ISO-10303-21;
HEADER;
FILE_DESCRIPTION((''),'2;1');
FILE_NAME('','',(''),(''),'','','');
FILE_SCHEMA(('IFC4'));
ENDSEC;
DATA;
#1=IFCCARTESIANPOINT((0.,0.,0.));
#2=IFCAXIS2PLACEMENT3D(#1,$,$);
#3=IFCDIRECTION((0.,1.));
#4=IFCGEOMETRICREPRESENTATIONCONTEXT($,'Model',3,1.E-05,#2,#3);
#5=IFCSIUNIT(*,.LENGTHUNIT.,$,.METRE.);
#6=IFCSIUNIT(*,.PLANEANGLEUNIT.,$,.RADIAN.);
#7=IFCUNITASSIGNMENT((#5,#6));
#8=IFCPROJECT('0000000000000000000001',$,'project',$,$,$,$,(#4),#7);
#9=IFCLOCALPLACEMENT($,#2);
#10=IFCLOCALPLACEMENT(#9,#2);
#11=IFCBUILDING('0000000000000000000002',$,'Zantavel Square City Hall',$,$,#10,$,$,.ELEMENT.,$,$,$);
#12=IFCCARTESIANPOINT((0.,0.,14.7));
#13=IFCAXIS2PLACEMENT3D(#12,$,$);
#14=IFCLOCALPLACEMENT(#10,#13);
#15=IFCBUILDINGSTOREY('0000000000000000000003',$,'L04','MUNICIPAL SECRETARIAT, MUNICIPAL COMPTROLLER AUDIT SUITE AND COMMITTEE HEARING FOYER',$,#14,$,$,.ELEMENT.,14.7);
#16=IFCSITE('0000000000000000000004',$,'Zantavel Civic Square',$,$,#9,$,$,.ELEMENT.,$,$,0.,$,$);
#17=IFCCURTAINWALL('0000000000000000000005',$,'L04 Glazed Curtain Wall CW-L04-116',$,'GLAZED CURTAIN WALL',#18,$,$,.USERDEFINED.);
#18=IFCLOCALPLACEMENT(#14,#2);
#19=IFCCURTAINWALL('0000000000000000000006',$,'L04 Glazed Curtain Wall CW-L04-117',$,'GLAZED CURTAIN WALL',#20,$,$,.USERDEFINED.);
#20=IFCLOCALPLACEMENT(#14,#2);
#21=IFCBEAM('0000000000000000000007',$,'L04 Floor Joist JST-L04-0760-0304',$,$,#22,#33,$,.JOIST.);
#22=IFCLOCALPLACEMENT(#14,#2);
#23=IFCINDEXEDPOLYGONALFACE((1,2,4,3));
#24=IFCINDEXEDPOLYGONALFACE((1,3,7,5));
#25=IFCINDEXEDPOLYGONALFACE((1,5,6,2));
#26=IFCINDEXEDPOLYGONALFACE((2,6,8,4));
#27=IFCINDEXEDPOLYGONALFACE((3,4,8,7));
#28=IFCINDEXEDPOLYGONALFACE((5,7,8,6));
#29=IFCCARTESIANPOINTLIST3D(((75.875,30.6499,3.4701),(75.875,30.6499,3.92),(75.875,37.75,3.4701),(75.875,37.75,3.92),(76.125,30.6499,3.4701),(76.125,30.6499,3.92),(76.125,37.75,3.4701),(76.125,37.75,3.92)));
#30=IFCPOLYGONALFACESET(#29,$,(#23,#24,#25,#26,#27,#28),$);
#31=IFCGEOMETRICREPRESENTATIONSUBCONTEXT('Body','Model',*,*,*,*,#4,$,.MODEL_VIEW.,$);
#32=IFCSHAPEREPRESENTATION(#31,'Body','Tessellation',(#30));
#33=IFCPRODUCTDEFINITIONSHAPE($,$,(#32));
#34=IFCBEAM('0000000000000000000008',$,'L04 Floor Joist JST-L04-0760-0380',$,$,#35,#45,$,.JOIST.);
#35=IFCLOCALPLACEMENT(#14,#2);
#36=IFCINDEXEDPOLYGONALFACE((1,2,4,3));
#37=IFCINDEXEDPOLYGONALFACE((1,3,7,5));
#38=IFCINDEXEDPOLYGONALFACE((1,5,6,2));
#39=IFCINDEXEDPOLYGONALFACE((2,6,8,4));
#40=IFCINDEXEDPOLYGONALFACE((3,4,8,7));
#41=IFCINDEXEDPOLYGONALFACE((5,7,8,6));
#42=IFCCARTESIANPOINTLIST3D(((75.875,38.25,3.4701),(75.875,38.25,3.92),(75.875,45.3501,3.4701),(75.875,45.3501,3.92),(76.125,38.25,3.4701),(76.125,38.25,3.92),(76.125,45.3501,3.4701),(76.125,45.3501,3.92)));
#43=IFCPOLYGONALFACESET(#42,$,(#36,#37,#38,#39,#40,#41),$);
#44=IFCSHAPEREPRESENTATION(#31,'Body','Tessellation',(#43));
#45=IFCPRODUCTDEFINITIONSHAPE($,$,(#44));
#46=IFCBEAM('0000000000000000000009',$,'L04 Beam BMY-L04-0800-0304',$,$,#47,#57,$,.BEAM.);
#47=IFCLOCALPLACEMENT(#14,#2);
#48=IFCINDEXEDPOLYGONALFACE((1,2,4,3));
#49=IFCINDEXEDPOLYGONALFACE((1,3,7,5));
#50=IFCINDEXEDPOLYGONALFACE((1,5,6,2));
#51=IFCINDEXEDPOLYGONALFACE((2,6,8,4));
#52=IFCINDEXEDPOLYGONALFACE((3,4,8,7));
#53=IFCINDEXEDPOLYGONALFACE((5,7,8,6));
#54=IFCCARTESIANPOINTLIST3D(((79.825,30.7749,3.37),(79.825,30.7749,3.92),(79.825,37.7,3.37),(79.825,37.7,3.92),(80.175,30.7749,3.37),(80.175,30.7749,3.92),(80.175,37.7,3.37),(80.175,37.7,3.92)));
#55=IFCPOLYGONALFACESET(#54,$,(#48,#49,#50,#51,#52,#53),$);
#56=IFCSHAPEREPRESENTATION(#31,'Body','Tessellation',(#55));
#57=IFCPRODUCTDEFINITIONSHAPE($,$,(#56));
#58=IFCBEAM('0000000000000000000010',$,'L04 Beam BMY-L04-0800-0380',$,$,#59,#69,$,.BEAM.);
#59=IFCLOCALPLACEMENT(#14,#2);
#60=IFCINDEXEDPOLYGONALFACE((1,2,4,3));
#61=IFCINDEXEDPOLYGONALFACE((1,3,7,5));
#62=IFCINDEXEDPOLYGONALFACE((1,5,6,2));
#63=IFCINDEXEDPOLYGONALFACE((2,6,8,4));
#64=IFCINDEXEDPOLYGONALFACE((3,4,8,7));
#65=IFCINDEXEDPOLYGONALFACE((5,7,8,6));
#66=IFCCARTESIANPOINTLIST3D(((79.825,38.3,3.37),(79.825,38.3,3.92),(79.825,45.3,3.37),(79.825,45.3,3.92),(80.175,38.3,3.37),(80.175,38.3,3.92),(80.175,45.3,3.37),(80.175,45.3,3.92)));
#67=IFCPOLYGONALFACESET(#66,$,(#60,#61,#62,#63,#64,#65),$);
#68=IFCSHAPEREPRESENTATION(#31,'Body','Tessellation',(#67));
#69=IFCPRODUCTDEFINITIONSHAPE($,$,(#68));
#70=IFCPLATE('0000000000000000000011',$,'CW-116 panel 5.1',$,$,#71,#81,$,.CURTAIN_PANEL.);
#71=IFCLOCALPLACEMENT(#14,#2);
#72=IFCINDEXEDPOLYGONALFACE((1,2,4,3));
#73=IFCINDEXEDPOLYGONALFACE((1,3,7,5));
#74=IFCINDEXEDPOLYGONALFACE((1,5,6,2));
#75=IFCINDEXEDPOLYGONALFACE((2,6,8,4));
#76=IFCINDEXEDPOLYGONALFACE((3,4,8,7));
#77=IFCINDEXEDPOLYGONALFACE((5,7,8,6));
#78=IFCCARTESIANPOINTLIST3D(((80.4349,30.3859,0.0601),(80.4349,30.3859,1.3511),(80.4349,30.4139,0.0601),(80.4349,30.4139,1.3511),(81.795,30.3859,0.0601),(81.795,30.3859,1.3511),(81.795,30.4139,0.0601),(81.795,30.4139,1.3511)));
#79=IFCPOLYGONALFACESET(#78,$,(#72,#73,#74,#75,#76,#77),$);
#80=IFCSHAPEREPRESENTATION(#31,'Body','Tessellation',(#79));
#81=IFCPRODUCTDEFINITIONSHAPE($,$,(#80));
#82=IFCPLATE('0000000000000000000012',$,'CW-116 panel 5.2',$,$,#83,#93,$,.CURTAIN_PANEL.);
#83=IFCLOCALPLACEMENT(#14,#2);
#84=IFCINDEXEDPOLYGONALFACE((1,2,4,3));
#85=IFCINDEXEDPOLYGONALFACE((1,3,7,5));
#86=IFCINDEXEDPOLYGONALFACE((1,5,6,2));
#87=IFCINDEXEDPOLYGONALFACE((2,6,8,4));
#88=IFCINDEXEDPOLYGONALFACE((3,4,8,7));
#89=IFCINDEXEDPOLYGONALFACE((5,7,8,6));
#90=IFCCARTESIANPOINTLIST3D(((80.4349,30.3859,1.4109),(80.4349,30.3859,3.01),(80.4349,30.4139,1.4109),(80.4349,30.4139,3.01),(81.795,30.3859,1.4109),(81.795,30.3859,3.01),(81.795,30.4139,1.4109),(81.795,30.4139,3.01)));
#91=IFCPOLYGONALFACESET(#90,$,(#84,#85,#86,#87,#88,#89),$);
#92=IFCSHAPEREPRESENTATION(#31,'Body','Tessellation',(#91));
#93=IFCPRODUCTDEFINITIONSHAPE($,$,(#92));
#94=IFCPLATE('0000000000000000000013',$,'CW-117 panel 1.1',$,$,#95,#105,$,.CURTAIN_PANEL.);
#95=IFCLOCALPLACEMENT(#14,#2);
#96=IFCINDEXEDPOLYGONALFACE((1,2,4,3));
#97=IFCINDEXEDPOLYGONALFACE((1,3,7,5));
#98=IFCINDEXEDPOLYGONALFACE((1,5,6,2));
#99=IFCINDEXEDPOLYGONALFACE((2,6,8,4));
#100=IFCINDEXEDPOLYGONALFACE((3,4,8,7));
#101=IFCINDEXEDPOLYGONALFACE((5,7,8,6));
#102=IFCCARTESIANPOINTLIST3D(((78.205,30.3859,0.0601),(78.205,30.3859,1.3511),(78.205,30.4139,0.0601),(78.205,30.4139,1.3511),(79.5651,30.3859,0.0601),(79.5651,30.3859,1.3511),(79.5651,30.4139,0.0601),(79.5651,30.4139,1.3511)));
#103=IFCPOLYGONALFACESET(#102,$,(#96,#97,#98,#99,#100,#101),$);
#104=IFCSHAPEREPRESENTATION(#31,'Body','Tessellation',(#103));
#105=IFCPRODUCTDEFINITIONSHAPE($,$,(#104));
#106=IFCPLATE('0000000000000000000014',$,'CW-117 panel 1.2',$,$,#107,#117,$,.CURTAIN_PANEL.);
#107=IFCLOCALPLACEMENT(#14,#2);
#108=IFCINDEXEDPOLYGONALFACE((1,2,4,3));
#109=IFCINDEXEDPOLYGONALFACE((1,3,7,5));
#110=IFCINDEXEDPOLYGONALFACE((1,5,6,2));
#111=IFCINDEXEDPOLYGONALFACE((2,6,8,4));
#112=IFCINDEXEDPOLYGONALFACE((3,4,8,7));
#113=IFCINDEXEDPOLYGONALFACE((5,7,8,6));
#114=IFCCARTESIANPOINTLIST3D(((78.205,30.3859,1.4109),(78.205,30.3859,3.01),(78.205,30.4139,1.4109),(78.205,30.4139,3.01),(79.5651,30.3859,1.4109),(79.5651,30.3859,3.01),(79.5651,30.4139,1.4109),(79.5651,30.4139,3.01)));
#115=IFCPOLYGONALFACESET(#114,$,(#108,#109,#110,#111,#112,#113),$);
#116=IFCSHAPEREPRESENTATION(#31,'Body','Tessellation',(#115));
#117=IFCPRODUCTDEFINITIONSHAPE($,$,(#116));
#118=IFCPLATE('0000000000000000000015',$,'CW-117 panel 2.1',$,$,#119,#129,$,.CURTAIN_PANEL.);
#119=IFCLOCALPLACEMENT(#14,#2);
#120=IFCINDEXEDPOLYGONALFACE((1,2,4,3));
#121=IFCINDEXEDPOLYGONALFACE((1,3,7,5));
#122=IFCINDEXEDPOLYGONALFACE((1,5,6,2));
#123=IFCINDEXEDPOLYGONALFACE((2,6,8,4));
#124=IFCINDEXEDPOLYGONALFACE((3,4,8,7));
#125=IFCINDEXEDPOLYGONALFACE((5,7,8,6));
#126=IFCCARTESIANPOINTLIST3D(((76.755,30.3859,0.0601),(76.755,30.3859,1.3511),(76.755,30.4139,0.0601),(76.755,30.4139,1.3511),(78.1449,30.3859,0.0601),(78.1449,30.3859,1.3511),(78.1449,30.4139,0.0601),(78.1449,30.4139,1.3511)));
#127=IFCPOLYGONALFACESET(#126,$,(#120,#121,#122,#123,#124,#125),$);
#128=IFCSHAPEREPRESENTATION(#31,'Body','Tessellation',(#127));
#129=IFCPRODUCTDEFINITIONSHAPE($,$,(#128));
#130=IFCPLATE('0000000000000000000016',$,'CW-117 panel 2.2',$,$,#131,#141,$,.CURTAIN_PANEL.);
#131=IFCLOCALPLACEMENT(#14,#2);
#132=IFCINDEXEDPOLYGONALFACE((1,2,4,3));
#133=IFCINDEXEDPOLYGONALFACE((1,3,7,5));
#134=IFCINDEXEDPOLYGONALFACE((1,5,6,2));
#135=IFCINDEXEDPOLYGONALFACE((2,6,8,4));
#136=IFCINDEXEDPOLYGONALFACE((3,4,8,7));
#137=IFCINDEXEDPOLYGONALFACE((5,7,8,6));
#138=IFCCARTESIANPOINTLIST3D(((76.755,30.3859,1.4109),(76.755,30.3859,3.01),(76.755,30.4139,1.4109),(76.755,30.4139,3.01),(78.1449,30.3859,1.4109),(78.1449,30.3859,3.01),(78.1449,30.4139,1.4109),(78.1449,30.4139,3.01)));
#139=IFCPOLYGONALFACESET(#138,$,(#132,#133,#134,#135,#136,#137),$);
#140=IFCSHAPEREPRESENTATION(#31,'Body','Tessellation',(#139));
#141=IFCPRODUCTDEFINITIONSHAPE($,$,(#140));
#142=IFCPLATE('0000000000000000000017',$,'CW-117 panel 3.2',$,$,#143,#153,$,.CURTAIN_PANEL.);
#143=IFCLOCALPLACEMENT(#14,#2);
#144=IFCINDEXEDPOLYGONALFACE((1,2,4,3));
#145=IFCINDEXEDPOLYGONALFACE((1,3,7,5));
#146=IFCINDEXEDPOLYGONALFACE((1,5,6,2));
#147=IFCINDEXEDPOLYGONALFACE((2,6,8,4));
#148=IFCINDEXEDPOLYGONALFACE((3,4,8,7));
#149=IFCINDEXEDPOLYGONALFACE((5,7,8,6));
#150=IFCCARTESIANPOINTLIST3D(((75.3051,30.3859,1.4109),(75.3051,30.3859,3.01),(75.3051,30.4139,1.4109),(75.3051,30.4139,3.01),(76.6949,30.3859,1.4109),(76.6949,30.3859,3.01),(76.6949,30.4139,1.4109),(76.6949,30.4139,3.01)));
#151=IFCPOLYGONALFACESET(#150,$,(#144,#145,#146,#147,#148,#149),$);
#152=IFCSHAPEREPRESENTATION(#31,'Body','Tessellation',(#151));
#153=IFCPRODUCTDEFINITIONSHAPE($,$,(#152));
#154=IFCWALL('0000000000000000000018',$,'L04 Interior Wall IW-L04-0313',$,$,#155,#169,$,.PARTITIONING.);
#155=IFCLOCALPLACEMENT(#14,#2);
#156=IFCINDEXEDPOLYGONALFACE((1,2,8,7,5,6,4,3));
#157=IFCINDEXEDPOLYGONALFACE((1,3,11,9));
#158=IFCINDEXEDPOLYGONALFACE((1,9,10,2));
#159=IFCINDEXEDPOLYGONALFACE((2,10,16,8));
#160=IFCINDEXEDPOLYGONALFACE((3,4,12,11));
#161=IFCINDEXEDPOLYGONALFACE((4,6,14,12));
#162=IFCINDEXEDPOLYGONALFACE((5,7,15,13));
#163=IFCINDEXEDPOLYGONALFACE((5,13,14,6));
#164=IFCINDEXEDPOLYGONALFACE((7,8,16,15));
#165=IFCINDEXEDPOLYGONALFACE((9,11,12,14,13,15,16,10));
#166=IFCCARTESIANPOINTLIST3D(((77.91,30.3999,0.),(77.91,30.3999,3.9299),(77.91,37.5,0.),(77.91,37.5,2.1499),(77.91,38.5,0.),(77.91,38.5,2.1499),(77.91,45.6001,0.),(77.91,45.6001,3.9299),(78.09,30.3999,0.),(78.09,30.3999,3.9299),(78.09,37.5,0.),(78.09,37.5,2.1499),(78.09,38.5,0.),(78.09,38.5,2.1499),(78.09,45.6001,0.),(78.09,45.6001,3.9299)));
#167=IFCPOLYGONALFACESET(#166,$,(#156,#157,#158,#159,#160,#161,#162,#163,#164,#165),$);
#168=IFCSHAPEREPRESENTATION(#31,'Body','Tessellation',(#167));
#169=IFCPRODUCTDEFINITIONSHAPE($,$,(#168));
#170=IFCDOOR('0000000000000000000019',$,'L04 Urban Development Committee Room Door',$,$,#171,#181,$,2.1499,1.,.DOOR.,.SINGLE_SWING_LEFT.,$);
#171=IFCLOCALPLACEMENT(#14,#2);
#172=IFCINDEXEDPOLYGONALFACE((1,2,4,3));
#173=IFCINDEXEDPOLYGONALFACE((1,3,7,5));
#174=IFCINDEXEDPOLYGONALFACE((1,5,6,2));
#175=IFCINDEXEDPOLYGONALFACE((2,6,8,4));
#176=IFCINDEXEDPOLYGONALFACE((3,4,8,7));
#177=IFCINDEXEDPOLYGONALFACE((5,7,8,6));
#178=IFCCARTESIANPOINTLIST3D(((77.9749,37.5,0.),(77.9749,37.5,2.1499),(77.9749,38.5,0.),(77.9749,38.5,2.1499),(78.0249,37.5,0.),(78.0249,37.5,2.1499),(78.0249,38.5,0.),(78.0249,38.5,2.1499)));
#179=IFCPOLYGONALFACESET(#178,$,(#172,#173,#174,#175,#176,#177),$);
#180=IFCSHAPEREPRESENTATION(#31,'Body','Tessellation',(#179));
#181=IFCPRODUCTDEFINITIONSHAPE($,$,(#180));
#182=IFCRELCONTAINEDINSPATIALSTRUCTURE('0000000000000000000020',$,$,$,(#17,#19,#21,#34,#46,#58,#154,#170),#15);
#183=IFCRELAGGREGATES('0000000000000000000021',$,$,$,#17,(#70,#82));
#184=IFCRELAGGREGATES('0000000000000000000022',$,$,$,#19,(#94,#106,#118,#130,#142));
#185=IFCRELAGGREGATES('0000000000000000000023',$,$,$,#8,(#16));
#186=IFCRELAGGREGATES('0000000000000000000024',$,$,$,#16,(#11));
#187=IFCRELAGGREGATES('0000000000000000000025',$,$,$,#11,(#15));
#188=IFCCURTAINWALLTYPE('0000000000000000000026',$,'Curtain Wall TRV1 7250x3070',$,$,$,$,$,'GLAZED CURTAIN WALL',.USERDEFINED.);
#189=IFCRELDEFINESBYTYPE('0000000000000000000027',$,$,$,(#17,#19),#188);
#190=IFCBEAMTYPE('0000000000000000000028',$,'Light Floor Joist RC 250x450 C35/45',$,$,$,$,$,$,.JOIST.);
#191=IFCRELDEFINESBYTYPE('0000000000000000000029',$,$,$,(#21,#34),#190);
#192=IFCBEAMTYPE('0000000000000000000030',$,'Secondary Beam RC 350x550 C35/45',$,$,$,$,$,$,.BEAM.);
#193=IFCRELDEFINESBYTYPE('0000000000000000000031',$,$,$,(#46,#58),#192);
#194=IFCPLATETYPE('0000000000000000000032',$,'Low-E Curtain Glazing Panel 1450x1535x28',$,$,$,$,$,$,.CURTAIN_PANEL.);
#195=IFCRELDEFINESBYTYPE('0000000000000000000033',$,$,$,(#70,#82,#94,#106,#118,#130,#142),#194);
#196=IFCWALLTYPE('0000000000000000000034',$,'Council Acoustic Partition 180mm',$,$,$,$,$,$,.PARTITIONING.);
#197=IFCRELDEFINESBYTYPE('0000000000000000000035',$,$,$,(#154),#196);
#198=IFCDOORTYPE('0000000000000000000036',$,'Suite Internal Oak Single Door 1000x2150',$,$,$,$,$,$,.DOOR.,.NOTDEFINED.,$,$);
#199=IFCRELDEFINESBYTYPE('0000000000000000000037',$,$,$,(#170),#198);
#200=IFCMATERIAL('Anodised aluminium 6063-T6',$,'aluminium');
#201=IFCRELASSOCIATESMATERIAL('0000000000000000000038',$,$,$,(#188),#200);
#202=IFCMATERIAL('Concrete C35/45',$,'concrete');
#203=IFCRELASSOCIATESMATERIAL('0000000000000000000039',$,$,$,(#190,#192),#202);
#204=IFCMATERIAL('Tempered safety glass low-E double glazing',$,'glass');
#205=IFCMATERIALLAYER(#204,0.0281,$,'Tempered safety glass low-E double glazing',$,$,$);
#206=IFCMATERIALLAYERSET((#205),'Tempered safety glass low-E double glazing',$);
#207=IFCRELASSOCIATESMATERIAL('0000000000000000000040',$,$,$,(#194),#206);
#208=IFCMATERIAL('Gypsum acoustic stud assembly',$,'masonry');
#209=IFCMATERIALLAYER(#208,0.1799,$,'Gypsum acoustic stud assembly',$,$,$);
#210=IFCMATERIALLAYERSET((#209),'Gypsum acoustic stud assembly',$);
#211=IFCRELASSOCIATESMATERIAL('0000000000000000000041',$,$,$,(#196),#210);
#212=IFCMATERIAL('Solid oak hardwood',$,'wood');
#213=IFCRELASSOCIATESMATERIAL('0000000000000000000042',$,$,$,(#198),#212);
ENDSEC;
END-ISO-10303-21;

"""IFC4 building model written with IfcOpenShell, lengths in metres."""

from ifc_helpers import new_model, si_unit, direction, frame, frame_2d, origin, origin_2d, place, context, subcontext, project, spatial, rectangle, extrude, material, layer, layer_set, material_profile, profile_set, type_object, element, fill, aggregate, save


model = new_model("IFC4")

# Units and contexts
model_context = context("Model", 3, precision=1e-05, world=origin(), true_north=direction((0.0, 1.0)))
body_context = subcontext(model_context, "Body", "Model", "MODEL_VIEW")
ifc_project = project(units=[si_unit("LENGTHUNIT", "METRE"), si_unit("PLANEANGLEUNIT", "RADIAN")], contexts=[model_context])

# Site, building, storey
site_placement = place(None, origin())
site = spatial("IfcSite", under=ifc_project, at=site_placement, Name="Zantavel Civic Square", CompositionType="ELEMENT", RefElevation=0.0)
building_placement = place(site_placement, origin())
building = spatial("IfcBuilding", under=site, at=building_placement, Name="Zantavel Square City Hall", CompositionType="ELEMENT")
storey_placement = place(building_placement, frame((0.0, 0.0, 14.7)))
storey = spatial("IfcBuildingStorey", under=building, at=storey_placement, Name="L04", Description="MUNICIPAL SECRETARIAT, MUNICIPAL COMPTROLLER AUDIT SUITE AND COMMITTEE HEARING FOYER", CompositionType="ELEMENT", Elevation=14.7)

# Curtain wall
ifc_material_1 = material(Name="Anodised aluminium 6063-T6", Category="aluminium")
curtain_wall_type = type_object("IfcCurtainWallType", Name="Curtain Wall TRV1 7250x3070", ElementType="GLAZED CURTAIN WALL", PredefinedType="USERDEFINED", material=ifc_material_1)
curtain_wall_1_placement = place(storey_placement, origin())
curtain_wall_1 = element("IfcCurtainWall", 1, at=curtain_wall_1_placement, inside=storey, type_object=curtain_wall_type, Name="L04 Glazed Curtain Wall CW-L04-116", ObjectType="GLAZED CURTAIN WALL", PredefinedType="USERDEFINED")

# Curtain wall
curtain_wall_2_placement = place(storey_placement, origin())
curtain_wall_2 = element("IfcCurtainWall", 2, at=curtain_wall_2_placement, inside=storey, type_object=curtain_wall_type, Name="L04 Glazed Curtain Wall CW-L04-117", ObjectType="GLAZED CURTAIN WALL", PredefinedType="USERDEFINED")

# Beams
ifc_material_2 = material(Name="Concrete C35/45", Category="concrete")
ifc_material_profile_1 = material_profile(ifc_material_2, rectangle(XDim=0.25, YDim=0.45, at=origin_2d()), Name="RC 250x450")
ifc_profile_set_1 = profile_set([ifc_material_profile_1], Name="Concrete C35/45")
beam_type_1 = type_object("IfcBeamType", Name="Light Floor Joist RC 250x450 C35/45", PredefinedType="JOIST", material=ifc_profile_set_1)
for number, where, z_axis, x_axis, name in (
    (3, (76.0, 30.6499, 3.6951), (0.0, 1.0, 0.0), (-1.0, 0.0, 0.0), "L04 Floor Joist JST-L04-0760-0304"),
    (4, (76.0, 38.25, 3.6951), (0.0, 1.0, 0.0), (-1.0, 0.0, 0.0), "L04 Floor Joist JST-L04-0760-0380"),
):
    element("IfcBeam", number, at=place(storey_placement, frame(where, z_axis=z_axis, x_axis=x_axis)), inside=storey, type_object=beam_type_1, Name=name, PredefinedType="JOIST", context=body_context, shape_type="SweptSolid", body=[
        extrude(rectangle(XDim=0.25, YDim=0.45, at=origin_2d()), origin(), (0.0, 0.0, 1.0), 7.1001),
    ])
ifc_material_profile_2 = material_profile(ifc_material_2, rectangle(XDim=0.3501, YDim=0.55, at=origin_2d()), Name="RC 350x550")
ifc_profile_set_2 = profile_set([ifc_material_profile_2], Name="Concrete C35/45")
beam_type_2 = type_object("IfcBeamType", Name="Secondary Beam RC 350x550 C35/45", PredefinedType="BEAM", material=ifc_profile_set_2)
beam_1_placement = place(storey_placement, frame((80.0, 30.7749, 3.645), z_axis=(0.0, 1.0, 0.0), x_axis=(-1.0, 0.0, 0.0)))
element("IfcBeam", 5, at=beam_1_placement, inside=storey, type_object=beam_type_2, Name="L04 Beam BMY-L04-0800-0304", PredefinedType="BEAM", context=body_context, shape_type="SweptSolid", body=[
    extrude(rectangle(XDim=0.3501, YDim=0.55, at=origin_2d()), origin(), (0.0, 0.0, 1.0), 6.925),
])
beam_2_placement = place(storey_placement, frame((80.0, 38.3, 3.645), z_axis=(0.0, 1.0, 0.0), x_axis=(-1.0, 0.0, 0.0)))
element("IfcBeam", 6, at=beam_2_placement, inside=storey, type_object=beam_type_2, Name="L04 Beam BMY-L04-0800-0380", PredefinedType="BEAM", context=body_context, shape_type="SweptSolid", body=[
    extrude(rectangle(XDim=0.3501, YDim=0.55, at=origin_2d()), origin(), (0.0, 0.0, 1.0), 7.0),
])

# Plates
ifc_material_3 = material(Name="Tempered safety glass low-E double glazing", Category="glass")
ifc_layer_1 = layer(ifc_material_3, 0.0281, Name="Tempered safety glass low-E double glazing")
ifc_layer_set_1 = layer_set([ifc_layer_1], Name="Tempered safety glass low-E double glazing")
plate_type = type_object("IfcPlateType", Name="Low-E Curtain Glazing Panel 1450x1535x28", PredefinedType="CURTAIN_PANEL", material=ifc_layer_set_1)
plate_1_placement = place(storey_placement, frame((81.115, 30.3999, 0.0601), z_axis=(0.0, 0.0, 1.0), x_axis=(-1.0, 0.0, 0.0)))
plate_1 = element("IfcPlate", 7, at=plate_1_placement, type_object=plate_type, Name="CW-116 panel 5.1", PredefinedType="CURTAIN_PANEL", context=body_context, shape_type="SweptSolid", body=[
    extrude(rectangle(XDim=1.3601, YDim=0.0281, at=origin_2d()), origin(), (0.0, 0.0, 1.0), 1.291),
])
plate_2_placement = place(storey_placement, frame((81.115, 30.3999, 1.4109), z_axis=(0.0, 0.0, 1.0), x_axis=(-1.0, 0.0, 0.0)))
plate_2 = element("IfcPlate", 8, at=plate_2_placement, type_object=plate_type, Name="CW-116 panel 5.2", PredefinedType="CURTAIN_PANEL", context=body_context, shape_type="SweptSolid", body=[
    extrude(rectangle(XDim=1.3601, YDim=0.0281, at=origin_2d()), origin(), (0.0, 0.0, 1.0), 1.5991),
])
aggregate(curtain_wall_1, [plate_1, plate_2])
plate_3_placement = place(storey_placement, frame((78.885, 30.3999, 0.0601), z_axis=(0.0, 0.0, 1.0), x_axis=(-1.0, 0.0, 0.0)))
plate_3 = element("IfcPlate", 9, at=plate_3_placement, type_object=plate_type, Name="CW-117 panel 1.1", PredefinedType="CURTAIN_PANEL", context=body_context, shape_type="SweptSolid", body=[
    extrude(rectangle(XDim=1.3601, YDim=0.0281, at=origin_2d()), origin(), (0.0, 0.0, 1.0), 1.291),
])
plate_4_placement = place(storey_placement, frame((78.885, 30.3999, 1.4109), z_axis=(0.0, 0.0, 1.0), x_axis=(-1.0, 0.0, 0.0)))
plate_4 = element("IfcPlate", 10, at=plate_4_placement, type_object=plate_type, Name="CW-117 panel 1.2", PredefinedType="CURTAIN_PANEL", context=body_context, shape_type="SweptSolid", body=[
    extrude(rectangle(XDim=1.3601, YDim=0.0281, at=origin_2d()), origin(), (0.0, 0.0, 1.0), 1.5991),
])
plate_5_placement = place(storey_placement, frame((77.45, 30.3999, 0.0601), z_axis=(0.0, 0.0, 1.0), x_axis=(-1.0, 0.0, 0.0)))
plate_5 = element("IfcPlate", 11, at=plate_5_placement, type_object=plate_type, Name="CW-117 panel 2.1", PredefinedType="CURTAIN_PANEL", context=body_context, shape_type="SweptSolid", body=[
    extrude(rectangle(XDim=1.3899, YDim=0.0281, at=origin_2d()), origin(), (0.0, 0.0, 1.0), 1.291),
])
plate_6_placement = place(storey_placement, frame((77.45, 30.3999, 1.4109), z_axis=(0.0, 0.0, 1.0), x_axis=(-1.0, 0.0, 0.0)))
plate_6 = element("IfcPlate", 12, at=plate_6_placement, type_object=plate_type, Name="CW-117 panel 2.2", PredefinedType="CURTAIN_PANEL", context=body_context, shape_type="SweptSolid", body=[
    extrude(rectangle(XDim=1.3899, YDim=0.0281, at=origin_2d()), origin(), (0.0, 0.0, 1.0), 1.5991),
])
plate_7_placement = place(storey_placement, frame((76.0, 30.3999, 1.4109), z_axis=(0.0, 0.0, 1.0), x_axis=(-1.0, 0.0, 0.0)))
plate_7 = element("IfcPlate", 13, at=plate_7_placement, type_object=plate_type, Name="CW-117 panel 3.2", PredefinedType="CURTAIN_PANEL", context=body_context, shape_type="SweptSolid", body=[
    extrude(rectangle(XDim=1.3899, YDim=0.0281, at=origin_2d()), origin(), (0.0, 0.0, 1.0), 1.5991),
])
aggregate(curtain_wall_2, [plate_3, plate_4, plate_5, plate_6, plate_7])

# Wall, opening, door
ifc_material_4 = material(Name="Gypsum acoustic stud assembly", Category="masonry")
ifc_layer_2 = layer(ifc_material_4, 0.1799, Name="Gypsum acoustic stud assembly")
ifc_layer_set_2 = layer_set([ifc_layer_2], Name="Gypsum acoustic stud assembly")
wall_type_1 = type_object("IfcWallType", Name="Council Acoustic Partition 180mm", PredefinedType="PARTITIONING", material=ifc_layer_set_2)
wall_1_placement = place(storey_placement, frame((78.0, 45.6001, 0.0), z_axis=(0.0, 0.0, 1.0), x_axis=(0.0, -1.0, 0.0)))
wall_1 = element("IfcWall", 14, at=wall_1_placement, inside=storey, type_object=wall_type_1, Name="L04 Interior Wall IW-L04-0313", PredefinedType="PARTITIONING", context=body_context, shape_type="SweptSolid", body=[
    extrude(rectangle(XDim=15.2002, YDim=0.1799, at=frame_2d((7.6001, 0.0))), origin(), (0.0, 0.0, 1.0), 3.9299),
])
opening_placement = place(wall_1_placement, frame((7.1001, 0.0, 0.0)))
opening = element("IfcOpeningElement", 15, at=opening_placement, cuts=wall_1, PredefinedType="OPENING", context=body_context, shape_type="SweptSolid", body=[
    extrude(rectangle(XDim=1.0, YDim=2.1499, at=frame_2d((0.5, 1.075))), frame((0.0, 0.0999, 0.0), z_axis=(0.0, -1.0, 0.0), x_axis=(1.0, 0.0, 0.0)), (0.0, 0.0, 1.0), 0.2),
])
ifc_material_5 = material(Name="Solid oak hardwood", Category="wood")
door_type = type_object("IfcDoorType", Name="Suite Internal Oak Single Door 1000x2150", OperationType="NOTDEFINED", PredefinedType="DOOR", material=ifc_material_5)
door_placement = place(opening_placement, origin())
door = element("IfcDoor", 16, at=door_placement, inside=storey, type_object=door_type, Name="L04 Urban Development Committee Room Door", OperationType="SINGLE_SWING_LEFT", OverallHeight=2.1499, OverallWidth=1.0, PredefinedType="DOOR", context=body_context, shape_type="SweptSolid", body=[
    extrude(rectangle(XDim=1.0, YDim=2.1499, at=frame_2d((0.5, 1.075))), frame((0.0, 0.0249, 0.0), z_axis=(0.0, -1.0, 0.0), x_axis=(1.0, 0.0, 0.0)), (0.0, 0.0, 1.0), 0.05),
])
fill(opening, door)

save(model, "model.ifc")
